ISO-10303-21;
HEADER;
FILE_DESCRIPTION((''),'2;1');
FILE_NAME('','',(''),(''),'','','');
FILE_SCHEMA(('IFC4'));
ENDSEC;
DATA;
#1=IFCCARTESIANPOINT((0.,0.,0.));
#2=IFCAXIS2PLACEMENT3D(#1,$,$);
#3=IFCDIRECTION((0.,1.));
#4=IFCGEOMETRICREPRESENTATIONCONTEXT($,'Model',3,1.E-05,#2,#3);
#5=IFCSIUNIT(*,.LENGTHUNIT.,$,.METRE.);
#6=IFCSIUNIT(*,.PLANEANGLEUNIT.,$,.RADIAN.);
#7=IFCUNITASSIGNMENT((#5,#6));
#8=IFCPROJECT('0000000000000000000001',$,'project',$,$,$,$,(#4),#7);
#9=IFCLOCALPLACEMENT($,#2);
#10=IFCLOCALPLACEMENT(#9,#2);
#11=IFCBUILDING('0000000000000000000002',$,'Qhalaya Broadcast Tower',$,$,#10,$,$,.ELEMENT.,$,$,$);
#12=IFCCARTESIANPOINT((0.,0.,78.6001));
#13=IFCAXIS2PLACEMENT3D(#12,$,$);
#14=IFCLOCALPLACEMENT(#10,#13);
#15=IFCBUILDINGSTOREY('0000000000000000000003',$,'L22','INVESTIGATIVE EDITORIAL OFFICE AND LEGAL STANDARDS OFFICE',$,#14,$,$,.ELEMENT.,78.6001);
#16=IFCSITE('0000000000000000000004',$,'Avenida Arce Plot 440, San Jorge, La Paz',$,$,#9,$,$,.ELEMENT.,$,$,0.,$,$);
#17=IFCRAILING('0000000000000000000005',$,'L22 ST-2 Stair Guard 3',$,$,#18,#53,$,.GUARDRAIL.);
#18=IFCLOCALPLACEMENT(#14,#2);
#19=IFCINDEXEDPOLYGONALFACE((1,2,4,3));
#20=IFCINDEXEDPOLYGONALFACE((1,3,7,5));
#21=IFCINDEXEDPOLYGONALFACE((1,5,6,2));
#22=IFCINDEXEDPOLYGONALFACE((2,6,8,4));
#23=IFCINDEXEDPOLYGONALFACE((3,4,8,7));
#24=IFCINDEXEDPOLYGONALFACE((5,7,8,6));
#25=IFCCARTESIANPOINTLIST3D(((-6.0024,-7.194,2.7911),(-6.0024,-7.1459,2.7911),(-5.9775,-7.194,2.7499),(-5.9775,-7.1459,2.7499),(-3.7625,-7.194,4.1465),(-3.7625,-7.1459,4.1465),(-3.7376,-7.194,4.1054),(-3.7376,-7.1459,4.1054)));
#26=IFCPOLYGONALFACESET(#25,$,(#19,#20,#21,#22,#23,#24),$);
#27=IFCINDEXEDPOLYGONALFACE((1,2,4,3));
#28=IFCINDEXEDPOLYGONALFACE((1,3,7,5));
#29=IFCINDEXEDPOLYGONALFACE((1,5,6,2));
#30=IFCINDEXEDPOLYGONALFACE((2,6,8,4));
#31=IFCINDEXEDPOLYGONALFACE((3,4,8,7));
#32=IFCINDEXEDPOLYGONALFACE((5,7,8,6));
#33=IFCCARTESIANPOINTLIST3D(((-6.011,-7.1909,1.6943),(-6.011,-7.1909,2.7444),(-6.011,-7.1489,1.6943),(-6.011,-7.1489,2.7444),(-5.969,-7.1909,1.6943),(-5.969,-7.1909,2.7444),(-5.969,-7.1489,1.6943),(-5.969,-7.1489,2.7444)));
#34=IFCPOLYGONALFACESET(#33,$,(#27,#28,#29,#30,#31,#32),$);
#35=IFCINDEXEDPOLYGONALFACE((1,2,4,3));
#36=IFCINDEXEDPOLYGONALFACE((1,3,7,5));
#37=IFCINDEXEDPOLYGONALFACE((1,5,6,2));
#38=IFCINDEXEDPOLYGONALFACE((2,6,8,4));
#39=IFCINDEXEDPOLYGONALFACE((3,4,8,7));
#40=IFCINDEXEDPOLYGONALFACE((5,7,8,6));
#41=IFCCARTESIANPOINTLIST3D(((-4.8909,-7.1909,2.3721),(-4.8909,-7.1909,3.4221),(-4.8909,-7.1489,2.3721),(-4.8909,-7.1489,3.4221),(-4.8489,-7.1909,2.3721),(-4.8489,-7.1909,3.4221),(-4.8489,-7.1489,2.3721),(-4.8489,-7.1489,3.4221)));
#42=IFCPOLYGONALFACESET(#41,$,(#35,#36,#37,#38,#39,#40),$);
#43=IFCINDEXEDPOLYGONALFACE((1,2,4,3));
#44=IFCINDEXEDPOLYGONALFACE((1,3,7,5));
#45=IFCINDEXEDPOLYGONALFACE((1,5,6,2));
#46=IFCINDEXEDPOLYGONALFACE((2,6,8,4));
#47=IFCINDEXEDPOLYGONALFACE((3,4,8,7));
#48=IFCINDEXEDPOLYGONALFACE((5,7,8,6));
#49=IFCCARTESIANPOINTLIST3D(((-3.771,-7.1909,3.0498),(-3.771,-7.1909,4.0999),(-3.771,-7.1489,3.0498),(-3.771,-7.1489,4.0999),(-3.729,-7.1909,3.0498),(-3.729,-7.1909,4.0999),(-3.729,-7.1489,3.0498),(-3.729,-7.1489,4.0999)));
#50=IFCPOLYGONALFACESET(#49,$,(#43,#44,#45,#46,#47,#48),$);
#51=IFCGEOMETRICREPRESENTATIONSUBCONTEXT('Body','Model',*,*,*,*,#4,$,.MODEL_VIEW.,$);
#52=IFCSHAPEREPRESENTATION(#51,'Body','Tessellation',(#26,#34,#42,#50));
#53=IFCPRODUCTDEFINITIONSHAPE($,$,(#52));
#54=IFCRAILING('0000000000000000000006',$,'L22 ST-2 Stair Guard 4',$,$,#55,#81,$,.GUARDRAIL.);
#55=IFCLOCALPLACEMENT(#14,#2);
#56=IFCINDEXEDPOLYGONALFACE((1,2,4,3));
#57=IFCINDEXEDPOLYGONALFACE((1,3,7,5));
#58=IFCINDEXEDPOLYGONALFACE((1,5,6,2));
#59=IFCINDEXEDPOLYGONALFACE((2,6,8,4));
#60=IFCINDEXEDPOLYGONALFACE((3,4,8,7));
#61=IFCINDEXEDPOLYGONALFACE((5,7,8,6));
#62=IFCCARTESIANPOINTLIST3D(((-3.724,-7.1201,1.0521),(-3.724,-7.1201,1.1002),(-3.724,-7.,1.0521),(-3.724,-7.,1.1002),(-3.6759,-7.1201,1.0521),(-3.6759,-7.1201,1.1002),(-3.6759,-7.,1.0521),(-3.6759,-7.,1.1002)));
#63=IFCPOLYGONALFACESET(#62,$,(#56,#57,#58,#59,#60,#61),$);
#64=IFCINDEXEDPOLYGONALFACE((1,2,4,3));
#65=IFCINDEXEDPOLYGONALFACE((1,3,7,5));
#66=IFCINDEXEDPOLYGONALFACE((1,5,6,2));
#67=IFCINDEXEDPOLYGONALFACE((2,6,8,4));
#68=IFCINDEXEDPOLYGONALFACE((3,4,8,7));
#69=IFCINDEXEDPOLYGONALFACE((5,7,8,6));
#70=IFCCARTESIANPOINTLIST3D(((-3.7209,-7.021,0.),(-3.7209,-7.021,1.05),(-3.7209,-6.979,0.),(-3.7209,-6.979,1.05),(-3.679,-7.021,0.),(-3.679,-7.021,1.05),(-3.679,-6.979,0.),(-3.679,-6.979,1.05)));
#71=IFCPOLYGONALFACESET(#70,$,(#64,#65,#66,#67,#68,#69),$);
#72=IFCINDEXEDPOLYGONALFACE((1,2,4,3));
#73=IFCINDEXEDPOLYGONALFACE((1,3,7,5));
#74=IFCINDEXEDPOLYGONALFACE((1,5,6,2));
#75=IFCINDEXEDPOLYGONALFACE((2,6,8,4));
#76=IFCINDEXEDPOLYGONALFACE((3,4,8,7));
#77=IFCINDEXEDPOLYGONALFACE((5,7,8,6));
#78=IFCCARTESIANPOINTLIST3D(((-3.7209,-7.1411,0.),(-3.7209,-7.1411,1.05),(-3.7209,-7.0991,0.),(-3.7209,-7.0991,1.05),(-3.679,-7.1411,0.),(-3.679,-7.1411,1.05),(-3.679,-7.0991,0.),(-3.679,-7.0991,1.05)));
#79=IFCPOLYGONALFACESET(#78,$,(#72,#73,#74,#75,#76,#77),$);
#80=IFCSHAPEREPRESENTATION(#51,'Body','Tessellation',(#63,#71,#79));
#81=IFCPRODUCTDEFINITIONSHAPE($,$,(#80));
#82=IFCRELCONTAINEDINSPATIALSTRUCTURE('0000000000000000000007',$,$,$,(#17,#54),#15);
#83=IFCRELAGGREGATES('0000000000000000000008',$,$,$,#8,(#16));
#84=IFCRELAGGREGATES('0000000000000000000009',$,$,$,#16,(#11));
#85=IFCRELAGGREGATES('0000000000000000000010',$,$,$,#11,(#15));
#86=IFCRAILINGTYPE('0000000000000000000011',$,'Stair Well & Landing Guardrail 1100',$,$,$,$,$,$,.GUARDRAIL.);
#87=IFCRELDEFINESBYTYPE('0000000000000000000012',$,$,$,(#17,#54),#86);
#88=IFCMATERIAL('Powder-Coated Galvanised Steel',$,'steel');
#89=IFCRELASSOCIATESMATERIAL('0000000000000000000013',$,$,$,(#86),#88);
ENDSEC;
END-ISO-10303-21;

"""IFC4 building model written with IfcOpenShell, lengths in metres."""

from ifc_helpers import new_model, si_unit, direction, frame, origin, origin_2d, place, context, subcontext, project, spatial, rectangle, extrude, material, type_object, element, save


model = new_model("IFC4")

# Units and contexts
model_context = context("Model", 3, precision=1e-05, world=origin(), true_north=direction((0.0, 1.0)))
body_context = subcontext(model_context, "Body", "Model", "MODEL_VIEW")
ifc_project = project(units=[si_unit("LENGTHUNIT", "METRE"), si_unit("PLANEANGLEUNIT", "RADIAN")], contexts=[model_context])

# Site, building, storey
site_placement = place(None, origin())
site = spatial("IfcSite", under=ifc_project, at=site_placement, Name="Avenida Arce Plot 440, San Jorge, La Paz", CompositionType="ELEMENT", RefElevation=0.0)
building_placement = place(site_placement, origin())
building = spatial("IfcBuilding", under=site, at=building_placement, Name="Qhalaya Broadcast Tower", CompositionType="ELEMENT")
storey_placement = place(building_placement, frame((0.0, 0.0, 78.6001)))
storey = spatial("IfcBuildingStorey", under=building, at=storey_placement, Name="L22", Description="INVESTIGATIVE EDITORIAL OFFICE AND LEGAL STANDARDS OFFICE", CompositionType="ELEMENT", Elevation=78.6001)

# Railings
ifc_material_1 = material(Name="Powder-Coated Galvanised Steel", Category="steel")
railing_type_1 = type_object("IfcRailingType", Name="Stair Well & Landing Guardrail 1100", PredefinedType="GUARDRAIL", material=ifc_material_1)
railing_1_placement = place(storey_placement, frame((-5.99, -7.1699, 1.6943)))
element("IfcRailing", 1, at=railing_1_placement, inside=storey, type_object=railing_type_1, Name="L22 ST-2 Stair Guard 3", PredefinedType="GUARDRAIL", context=body_context, shape_type="SweptSolid", body=[
    extrude(rectangle(XDim=0.0481, YDim=0.0481, at=origin_2d()), frame((0.0, 0.0, 1.0762), z_axis=(0.855553, 0.0, 0.517715), x_axis=(0.0, 1.0, 0.0)), (0.0, 0.0, 1.0), 2.6182),
    extrude(rectangle(XDim=0.042, YDim=0.042, at=origin_2d()), origin(), (0.0, 0.0, 1.0), 1.05),
    extrude(rectangle(XDim=0.042, YDim=0.042, at=origin_2d()), frame((1.1201, 0.0, 0.6777)), (0.0, 0.0, 1.0), 1.05),
    extrude(rectangle(XDim=0.042, YDim=0.042, at=origin_2d()), frame((2.24, 0.0, 1.3555)), (0.0, 0.0, 1.0), 1.05),
])
railing_2_placement = place(storey_placement, frame((-3.7, -7.0, 0.0)))
element("IfcRailing", 2, at=railing_2_placement, inside=storey, type_object=railing_type_1, Name="L22 ST-2 Stair Guard 4", PredefinedType="GUARDRAIL", context=body_context, shape_type="SweptSolid", body=[
    extrude(rectangle(XDim=0.0481, YDim=0.0481, at=origin_2d()), frame((0.0, 0.0, 1.0762), z_axis=(0.0, -1.0, 0.0), x_axis=(1.0, 0.0, 0.0)), (0.0, 0.0, 1.0), 0.1201),
    extrude(rectangle(XDim=0.042, YDim=0.042, at=origin_2d()), origin(), (0.0, 0.0, 1.0), 1.05),
    extrude(rectangle(XDim=0.042, YDim=0.042, at=origin_2d()), frame((0.0, -0.1201, 0.0)), (0.0, 0.0, 1.0), 1.05),
])

save(model, "model.ifc")
